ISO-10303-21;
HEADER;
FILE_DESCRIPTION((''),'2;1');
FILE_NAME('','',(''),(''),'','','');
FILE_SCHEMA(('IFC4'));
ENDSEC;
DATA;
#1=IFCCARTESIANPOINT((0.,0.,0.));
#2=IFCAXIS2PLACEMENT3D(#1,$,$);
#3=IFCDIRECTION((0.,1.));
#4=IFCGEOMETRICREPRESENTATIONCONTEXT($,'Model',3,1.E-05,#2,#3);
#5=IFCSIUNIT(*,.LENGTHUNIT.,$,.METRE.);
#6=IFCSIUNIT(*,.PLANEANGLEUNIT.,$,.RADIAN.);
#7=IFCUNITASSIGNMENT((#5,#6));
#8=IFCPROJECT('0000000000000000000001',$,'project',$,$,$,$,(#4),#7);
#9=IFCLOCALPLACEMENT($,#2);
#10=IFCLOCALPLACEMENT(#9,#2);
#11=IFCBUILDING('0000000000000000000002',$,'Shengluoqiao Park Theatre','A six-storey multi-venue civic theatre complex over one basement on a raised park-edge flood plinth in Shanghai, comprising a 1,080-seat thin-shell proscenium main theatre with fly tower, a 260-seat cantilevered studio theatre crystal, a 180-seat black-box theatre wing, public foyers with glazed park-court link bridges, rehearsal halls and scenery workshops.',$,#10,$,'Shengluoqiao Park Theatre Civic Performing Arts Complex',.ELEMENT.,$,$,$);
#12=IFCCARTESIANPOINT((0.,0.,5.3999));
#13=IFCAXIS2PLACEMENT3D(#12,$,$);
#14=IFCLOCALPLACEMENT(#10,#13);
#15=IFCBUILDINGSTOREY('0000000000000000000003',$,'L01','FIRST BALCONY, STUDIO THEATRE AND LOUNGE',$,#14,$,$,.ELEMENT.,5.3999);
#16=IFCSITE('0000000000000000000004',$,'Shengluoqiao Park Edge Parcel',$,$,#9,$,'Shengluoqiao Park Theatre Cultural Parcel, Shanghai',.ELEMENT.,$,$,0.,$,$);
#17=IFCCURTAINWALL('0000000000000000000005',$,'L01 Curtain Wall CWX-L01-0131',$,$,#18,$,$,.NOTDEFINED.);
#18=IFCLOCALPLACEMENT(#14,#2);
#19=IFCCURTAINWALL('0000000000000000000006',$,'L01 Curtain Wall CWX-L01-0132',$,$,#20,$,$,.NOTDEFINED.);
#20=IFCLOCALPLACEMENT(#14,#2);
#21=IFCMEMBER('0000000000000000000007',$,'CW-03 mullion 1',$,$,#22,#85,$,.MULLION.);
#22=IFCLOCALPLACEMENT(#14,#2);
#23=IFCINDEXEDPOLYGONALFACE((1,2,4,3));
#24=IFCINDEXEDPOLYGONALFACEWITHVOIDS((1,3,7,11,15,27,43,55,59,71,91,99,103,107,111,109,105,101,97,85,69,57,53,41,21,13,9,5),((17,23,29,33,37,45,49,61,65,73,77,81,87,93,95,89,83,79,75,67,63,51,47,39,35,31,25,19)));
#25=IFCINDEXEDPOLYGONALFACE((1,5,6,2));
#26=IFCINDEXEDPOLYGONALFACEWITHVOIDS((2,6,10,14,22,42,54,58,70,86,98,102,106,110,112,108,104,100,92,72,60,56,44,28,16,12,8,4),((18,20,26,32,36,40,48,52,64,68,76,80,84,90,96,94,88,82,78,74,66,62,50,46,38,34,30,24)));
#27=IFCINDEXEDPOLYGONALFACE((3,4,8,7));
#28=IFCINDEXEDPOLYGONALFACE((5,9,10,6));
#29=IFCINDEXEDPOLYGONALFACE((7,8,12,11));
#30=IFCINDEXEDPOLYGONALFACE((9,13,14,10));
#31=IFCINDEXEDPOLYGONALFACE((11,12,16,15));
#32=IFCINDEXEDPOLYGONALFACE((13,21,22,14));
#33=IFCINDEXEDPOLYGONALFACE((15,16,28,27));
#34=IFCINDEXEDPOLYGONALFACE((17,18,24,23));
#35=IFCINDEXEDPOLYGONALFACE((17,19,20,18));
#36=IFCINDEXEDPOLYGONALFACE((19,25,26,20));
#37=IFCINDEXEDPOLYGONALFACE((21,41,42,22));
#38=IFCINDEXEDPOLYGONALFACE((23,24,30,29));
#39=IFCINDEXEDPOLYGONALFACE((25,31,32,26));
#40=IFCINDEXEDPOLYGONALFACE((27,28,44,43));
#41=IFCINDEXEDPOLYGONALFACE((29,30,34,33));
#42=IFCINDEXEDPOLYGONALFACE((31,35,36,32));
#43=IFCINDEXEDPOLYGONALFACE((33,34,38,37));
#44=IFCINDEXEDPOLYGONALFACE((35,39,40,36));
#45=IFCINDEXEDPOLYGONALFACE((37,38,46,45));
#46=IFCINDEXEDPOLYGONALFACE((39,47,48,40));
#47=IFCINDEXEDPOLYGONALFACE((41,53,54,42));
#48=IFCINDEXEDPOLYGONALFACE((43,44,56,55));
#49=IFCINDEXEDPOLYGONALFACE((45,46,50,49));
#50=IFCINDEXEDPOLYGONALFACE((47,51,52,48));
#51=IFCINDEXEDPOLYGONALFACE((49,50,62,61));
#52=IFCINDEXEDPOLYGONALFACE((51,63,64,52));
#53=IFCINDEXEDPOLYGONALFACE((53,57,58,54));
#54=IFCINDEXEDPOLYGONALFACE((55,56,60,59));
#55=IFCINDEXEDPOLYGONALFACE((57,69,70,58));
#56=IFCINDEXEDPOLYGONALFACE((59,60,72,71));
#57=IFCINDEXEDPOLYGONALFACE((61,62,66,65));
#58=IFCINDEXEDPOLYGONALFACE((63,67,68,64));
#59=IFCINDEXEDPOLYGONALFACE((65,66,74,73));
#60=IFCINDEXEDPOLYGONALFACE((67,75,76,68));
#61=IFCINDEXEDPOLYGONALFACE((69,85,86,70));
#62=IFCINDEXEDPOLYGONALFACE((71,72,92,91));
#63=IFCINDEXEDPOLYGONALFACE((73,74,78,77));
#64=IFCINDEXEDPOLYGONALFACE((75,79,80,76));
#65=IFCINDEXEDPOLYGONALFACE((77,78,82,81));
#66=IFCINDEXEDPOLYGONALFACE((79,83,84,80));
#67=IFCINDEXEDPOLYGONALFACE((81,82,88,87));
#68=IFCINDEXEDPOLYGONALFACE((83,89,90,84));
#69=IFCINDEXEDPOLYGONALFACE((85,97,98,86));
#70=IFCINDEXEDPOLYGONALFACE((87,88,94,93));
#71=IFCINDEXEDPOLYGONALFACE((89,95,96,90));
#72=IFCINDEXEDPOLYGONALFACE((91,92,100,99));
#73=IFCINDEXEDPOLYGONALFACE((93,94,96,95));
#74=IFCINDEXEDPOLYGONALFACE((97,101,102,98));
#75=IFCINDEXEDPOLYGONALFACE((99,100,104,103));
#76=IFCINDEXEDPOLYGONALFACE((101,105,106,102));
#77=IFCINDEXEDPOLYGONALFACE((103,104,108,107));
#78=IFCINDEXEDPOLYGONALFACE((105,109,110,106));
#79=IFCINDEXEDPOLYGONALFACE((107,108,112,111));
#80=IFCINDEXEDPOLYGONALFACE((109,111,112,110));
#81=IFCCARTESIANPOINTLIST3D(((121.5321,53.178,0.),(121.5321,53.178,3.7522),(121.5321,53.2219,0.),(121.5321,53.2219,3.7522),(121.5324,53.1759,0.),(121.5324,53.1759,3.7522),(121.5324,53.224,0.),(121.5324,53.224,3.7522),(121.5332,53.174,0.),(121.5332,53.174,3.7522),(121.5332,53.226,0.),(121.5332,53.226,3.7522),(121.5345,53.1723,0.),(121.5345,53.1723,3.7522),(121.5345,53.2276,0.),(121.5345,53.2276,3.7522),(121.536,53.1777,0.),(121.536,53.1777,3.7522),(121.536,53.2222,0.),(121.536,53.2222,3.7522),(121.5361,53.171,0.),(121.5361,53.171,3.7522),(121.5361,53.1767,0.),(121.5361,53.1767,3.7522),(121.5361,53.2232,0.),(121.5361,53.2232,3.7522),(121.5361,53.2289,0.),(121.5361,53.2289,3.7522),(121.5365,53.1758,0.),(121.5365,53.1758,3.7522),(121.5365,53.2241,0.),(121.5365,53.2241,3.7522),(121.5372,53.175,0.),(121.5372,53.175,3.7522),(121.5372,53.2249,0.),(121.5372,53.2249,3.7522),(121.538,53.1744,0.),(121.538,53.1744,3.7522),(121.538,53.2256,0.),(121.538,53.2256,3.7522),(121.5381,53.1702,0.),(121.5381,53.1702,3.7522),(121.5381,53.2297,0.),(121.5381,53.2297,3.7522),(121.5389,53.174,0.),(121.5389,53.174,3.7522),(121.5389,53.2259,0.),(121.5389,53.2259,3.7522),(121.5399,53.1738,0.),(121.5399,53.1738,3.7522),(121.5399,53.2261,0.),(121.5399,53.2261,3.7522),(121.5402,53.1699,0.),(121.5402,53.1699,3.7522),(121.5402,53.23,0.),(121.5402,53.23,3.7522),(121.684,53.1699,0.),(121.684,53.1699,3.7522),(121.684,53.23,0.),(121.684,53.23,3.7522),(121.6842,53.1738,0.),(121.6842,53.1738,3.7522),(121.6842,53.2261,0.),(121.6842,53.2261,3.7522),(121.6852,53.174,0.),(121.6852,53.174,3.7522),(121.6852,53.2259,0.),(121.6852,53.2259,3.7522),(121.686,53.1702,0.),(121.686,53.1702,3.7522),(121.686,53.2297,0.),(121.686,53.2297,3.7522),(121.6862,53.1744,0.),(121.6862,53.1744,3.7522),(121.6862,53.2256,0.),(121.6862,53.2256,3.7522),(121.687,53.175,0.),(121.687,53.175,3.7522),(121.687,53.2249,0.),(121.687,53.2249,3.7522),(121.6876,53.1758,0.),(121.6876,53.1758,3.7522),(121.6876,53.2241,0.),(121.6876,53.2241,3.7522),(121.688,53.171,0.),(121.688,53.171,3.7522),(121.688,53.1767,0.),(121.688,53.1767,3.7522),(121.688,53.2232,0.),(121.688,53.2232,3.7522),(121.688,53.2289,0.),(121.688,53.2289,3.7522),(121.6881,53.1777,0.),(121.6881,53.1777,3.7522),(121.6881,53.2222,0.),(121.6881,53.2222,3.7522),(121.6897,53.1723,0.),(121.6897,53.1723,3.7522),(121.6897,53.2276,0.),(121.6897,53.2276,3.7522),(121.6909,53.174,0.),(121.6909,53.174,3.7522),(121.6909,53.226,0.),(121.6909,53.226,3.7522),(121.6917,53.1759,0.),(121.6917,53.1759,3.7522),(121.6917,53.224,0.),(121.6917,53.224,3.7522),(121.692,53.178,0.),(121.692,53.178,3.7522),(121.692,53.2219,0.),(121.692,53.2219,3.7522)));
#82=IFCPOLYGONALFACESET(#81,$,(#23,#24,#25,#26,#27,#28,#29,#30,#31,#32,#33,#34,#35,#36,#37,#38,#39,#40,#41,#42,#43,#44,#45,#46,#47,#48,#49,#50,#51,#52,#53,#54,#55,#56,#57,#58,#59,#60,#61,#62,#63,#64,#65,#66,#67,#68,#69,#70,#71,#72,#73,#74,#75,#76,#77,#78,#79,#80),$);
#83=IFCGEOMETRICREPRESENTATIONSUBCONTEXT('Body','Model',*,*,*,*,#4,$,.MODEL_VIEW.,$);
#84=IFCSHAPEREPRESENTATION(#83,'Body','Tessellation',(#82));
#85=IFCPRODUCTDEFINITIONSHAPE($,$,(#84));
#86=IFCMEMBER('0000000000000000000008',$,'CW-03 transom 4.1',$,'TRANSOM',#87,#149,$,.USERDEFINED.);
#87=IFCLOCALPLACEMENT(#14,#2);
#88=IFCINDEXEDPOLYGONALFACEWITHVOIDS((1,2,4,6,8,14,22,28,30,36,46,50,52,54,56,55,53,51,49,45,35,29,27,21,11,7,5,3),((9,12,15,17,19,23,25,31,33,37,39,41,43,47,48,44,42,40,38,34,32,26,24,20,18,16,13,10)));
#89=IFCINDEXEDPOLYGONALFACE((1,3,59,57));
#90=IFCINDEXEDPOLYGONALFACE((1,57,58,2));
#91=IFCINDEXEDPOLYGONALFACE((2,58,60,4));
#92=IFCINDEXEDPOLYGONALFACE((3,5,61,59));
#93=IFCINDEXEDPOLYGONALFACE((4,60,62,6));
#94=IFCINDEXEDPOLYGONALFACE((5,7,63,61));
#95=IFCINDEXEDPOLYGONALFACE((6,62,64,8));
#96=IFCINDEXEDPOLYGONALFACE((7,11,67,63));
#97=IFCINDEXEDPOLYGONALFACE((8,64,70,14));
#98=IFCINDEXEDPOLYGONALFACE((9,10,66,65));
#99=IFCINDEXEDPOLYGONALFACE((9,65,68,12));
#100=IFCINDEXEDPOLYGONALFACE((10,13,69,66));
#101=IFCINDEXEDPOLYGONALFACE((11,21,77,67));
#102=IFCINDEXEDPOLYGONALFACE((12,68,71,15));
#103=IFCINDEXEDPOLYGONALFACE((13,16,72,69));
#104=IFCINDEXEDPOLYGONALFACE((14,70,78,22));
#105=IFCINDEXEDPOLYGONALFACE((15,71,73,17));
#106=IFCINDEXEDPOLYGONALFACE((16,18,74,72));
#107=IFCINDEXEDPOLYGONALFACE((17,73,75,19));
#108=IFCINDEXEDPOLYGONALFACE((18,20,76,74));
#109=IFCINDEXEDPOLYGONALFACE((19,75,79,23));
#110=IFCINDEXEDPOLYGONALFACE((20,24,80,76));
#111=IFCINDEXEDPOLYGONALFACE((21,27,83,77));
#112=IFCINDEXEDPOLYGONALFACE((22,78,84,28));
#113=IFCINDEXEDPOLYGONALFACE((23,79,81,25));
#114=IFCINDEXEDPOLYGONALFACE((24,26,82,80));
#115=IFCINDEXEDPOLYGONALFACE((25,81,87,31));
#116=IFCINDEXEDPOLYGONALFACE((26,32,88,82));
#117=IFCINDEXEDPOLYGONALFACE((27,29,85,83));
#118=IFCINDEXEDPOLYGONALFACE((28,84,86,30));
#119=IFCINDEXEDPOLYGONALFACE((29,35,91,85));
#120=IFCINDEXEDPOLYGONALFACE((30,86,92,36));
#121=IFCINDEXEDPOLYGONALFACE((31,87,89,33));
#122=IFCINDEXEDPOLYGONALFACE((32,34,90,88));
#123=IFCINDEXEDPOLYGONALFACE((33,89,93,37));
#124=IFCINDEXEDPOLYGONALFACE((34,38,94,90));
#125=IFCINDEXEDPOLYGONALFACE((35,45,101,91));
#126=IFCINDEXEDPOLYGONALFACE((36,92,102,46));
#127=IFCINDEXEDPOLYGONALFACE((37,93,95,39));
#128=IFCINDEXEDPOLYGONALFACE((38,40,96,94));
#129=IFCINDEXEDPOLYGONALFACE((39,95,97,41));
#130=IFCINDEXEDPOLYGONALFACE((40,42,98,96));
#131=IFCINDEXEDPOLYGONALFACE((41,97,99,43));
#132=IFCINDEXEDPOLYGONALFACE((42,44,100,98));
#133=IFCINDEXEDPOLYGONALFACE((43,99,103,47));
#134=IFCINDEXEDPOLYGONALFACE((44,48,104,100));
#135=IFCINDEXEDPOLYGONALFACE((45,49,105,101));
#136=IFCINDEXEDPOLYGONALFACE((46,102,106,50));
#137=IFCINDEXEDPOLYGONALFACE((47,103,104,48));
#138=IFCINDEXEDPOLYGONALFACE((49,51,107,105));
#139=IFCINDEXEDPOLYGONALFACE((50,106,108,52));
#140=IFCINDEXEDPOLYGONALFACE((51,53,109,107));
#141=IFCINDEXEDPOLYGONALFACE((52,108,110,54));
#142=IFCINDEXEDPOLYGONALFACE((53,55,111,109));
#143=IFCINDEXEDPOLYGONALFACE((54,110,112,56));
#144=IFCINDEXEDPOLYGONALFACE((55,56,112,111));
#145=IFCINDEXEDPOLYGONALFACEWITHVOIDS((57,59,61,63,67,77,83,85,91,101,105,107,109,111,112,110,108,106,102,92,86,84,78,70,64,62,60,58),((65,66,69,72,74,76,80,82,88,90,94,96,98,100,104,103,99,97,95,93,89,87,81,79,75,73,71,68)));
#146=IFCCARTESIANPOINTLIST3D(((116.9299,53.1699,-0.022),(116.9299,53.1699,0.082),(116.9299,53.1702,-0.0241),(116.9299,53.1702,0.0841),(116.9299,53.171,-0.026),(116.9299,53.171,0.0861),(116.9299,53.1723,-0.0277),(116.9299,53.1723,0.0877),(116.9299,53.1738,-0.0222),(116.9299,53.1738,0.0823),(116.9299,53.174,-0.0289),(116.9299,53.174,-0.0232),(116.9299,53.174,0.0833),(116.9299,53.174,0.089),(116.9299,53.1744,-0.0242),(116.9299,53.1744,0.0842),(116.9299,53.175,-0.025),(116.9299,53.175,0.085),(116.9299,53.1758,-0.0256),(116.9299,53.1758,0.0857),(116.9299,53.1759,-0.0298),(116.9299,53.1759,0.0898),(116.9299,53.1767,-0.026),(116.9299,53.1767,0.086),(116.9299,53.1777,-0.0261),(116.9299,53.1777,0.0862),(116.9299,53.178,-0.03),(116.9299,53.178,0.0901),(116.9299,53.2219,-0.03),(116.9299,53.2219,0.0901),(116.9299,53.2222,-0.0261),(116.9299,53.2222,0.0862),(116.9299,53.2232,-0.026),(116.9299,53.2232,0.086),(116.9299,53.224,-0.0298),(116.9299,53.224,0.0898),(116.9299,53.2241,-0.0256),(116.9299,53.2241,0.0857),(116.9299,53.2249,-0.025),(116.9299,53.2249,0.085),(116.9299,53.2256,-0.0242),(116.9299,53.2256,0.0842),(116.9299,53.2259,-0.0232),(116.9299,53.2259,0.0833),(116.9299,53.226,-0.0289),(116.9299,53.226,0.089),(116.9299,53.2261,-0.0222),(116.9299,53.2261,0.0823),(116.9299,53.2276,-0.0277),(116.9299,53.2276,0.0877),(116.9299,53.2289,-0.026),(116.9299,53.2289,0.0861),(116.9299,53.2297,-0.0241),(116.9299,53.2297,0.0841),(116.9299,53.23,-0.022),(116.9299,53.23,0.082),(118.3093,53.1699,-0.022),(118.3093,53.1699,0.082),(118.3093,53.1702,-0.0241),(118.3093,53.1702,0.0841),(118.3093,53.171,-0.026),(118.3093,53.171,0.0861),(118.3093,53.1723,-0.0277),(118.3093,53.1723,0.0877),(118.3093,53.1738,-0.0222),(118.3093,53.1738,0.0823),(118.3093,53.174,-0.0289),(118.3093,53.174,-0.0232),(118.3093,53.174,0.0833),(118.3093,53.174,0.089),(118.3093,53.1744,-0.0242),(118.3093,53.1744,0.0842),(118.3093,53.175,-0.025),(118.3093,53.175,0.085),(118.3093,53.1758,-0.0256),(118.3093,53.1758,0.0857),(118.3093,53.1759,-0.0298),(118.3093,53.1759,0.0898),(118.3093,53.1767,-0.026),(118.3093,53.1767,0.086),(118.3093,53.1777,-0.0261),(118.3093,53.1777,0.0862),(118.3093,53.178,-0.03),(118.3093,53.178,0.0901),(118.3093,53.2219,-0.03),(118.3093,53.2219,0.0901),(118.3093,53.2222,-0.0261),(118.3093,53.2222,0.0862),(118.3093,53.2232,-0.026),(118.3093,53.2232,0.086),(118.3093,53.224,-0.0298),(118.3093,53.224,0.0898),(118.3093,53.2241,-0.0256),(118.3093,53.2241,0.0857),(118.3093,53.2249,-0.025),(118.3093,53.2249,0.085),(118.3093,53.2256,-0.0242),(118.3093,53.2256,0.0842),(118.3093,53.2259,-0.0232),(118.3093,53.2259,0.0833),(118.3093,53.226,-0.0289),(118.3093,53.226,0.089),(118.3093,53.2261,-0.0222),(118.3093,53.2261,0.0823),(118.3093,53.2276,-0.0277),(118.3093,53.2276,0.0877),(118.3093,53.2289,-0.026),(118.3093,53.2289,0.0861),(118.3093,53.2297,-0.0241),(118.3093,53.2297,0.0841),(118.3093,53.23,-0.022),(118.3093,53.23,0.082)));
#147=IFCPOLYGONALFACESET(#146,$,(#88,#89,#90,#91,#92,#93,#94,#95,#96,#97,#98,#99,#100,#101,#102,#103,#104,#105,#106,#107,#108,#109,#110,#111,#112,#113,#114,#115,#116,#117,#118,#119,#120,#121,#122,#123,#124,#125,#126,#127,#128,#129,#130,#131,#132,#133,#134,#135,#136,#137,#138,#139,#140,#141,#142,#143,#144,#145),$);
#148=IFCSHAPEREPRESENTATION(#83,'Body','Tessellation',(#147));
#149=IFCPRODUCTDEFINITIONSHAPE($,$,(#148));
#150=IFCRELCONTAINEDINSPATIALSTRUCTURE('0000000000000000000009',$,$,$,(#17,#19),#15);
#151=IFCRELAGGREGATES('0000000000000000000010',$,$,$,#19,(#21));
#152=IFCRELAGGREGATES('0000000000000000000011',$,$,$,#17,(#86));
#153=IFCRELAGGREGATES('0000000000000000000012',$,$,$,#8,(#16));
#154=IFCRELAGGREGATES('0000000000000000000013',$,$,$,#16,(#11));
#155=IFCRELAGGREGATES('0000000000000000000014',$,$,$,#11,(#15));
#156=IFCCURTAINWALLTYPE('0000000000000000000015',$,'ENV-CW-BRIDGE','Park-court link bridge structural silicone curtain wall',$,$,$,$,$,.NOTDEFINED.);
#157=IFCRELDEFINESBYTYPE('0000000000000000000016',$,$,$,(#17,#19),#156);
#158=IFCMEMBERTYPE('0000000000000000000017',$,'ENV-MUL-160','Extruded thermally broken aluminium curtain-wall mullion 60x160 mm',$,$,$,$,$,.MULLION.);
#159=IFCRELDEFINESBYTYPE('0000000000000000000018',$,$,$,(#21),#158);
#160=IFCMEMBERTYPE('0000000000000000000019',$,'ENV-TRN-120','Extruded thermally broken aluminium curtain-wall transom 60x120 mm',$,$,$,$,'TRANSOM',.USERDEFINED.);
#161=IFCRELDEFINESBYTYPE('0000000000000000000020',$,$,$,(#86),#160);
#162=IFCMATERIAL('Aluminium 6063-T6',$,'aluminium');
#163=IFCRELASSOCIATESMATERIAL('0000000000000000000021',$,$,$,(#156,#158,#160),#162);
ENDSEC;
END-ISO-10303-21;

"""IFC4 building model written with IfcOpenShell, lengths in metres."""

from ifc_helpers import new_model, si_unit, direction, frame, origin, origin_2d, place, context, subcontext, project, spatial, hollow_rectangle, extrude, material, material_profile, profile_set, type_object, element, aggregate, save


model = new_model("IFC4")

# Units and contexts
model_context = context("Model", 3, precision=1e-05, world=origin(), true_north=direction((0.0, 1.0)))
body_context = subcontext(model_context, "Body", "Model", "MODEL_VIEW")
ifc_project = project(units=[si_unit("LENGTHUNIT", "METRE"), si_unit("PLANEANGLEUNIT", "RADIAN")], contexts=[model_context])

# Site, building, storey
site_placement = place(None, origin())
site = spatial("IfcSite", under=ifc_project, at=site_placement, Name="Shengluoqiao Park Edge Parcel", LongName="Shengluoqiao Park Theatre Cultural Parcel, Shanghai", CompositionType="ELEMENT", RefElevation=0.0)
building_placement = place(site_placement, origin())
building = spatial("IfcBuilding", under=site, at=building_placement, Name="Shengluoqiao Park Theatre", Description="A six-storey multi-venue civic theatre complex over one basement on a raised park-edge flood plinth in Shanghai, comprising a 1,080-seat thin-shell proscenium main theatre with fly tower, a 260-seat cantilevered studio theatre crystal, a 180-seat black-box theatre wing, public foyers with glazed park-court link bridges, rehearsal halls and scenery workshops.", LongName="Shengluoqiao Park Theatre Civic Performing Arts Complex", CompositionType="ELEMENT")
storey_placement = place(building_placement, frame((0.0, 0.0, 5.3999)))
storey = spatial("IfcBuildingStorey", under=building, at=storey_placement, Name="L01", Description="FIRST BALCONY, STUDIO THEATRE AND LOUNGE", CompositionType="ELEMENT", Elevation=5.3999)

# Curtain wall
ifc_material_1 = material(Name="Aluminium 6063-T6", Category="aluminium")
curtain_wall_type = type_object("IfcCurtainWallType", Name="ENV-CW-BRIDGE", Description="Park-court link bridge structural silicone curtain wall", PredefinedType="NOTDEFINED", material=ifc_material_1)
curtain_wall_1_placement = place(storey_placement, origin())
curtain_wall_1 = element("IfcCurtainWall", 1, at=curtain_wall_1_placement, inside=storey, type_object=curtain_wall_type, Name="L01 Curtain Wall CWX-L01-0131", PredefinedType="NOTDEFINED")
ifc_material_profile_1 = material_profile(ifc_material_1, hollow_rectangle(XDim=0.0601, YDim=0.1599, WallThickness=0.0039, InnerFilletRadius=0.0039, OuterFilletRadius=0.0081, at=origin_2d()), Name="ALU MULLION 160x60x4")
ifc_profile_set_1 = profile_set([ifc_material_profile_1], Name="Aluminium 6063-T6")
member_type_1 = type_object("IfcMemberType", Name="ENV-MUL-160", Description="Extruded thermally broken aluminium curtain-wall mullion 60x160 mm", PredefinedType="MULLION", material=ifc_profile_set_1)

# Curtain wall, member
curtain_wall_2_placement = place(storey_placement, origin())
curtain_wall_2 = element("IfcCurtainWall", 2, at=curtain_wall_2_placement, inside=storey, type_object=curtain_wall_type, Name="L01 Curtain Wall CWX-L01-0132", PredefinedType="NOTDEFINED")
member_1_placement = place(storey_placement, frame((121.6121, 53.2, 0.0), z_axis=(0.0, 0.0, 1.0), x_axis=(0.0, 1.0, 0.0)))
member_1 = element("IfcMember", 3, at=member_1_placement, type_object=member_type_1, Name="CW-03 mullion 1", PredefinedType="MULLION", context=body_context, shape_type="SweptSolid", body=[
    extrude(hollow_rectangle(XDim=0.0601, YDim=0.1599, WallThickness=0.0039, InnerFilletRadius=0.0039, OuterFilletRadius=0.0081, at=origin_2d()), origin(), (0.0, 0.0, 1.0), 3.7522),
])

# Member
ifc_material_profile_2 = material_profile(ifc_material_1, hollow_rectangle(XDim=0.0601, YDim=0.1201, WallThickness=0.0039, InnerFilletRadius=0.0039, OuterFilletRadius=0.0081, at=origin_2d()), Name="ALU TRANSOM 120x60x4")
ifc_profile_set_2 = profile_set([ifc_material_profile_2], Name="Aluminium 6063-T6")
member_type_2 = type_object("IfcMemberType", Name="ENV-TRN-120", Description="Extruded thermally broken aluminium curtain-wall transom 60x120 mm", ElementType="TRANSOM", PredefinedType="USERDEFINED", material=ifc_profile_set_2)
member_2_placement = place(storey_placement, frame((116.9299, 53.2, 0.03), z_axis=(1.0, 0.0, 0.0), x_axis=(0.0, 1.0, 0.0)))
member_2 = element("IfcMember", 4, at=member_2_placement, type_object=member_type_2, Name="CW-03 transom 4.1", ObjectType="TRANSOM", PredefinedType="USERDEFINED", context=body_context, shape_type="SweptSolid", body=[
    extrude(hollow_rectangle(XDim=0.0601, YDim=0.1201, WallThickness=0.0039, InnerFilletRadius=0.0039, OuterFilletRadius=0.0081, at=origin_2d()), origin(), (0.0, 0.0, 1.0), 1.3794),
])
aggregate(curtain_wall_2, [member_1])

aggregate(curtain_wall_1, [member_2])

save(model, "model.ifc")
